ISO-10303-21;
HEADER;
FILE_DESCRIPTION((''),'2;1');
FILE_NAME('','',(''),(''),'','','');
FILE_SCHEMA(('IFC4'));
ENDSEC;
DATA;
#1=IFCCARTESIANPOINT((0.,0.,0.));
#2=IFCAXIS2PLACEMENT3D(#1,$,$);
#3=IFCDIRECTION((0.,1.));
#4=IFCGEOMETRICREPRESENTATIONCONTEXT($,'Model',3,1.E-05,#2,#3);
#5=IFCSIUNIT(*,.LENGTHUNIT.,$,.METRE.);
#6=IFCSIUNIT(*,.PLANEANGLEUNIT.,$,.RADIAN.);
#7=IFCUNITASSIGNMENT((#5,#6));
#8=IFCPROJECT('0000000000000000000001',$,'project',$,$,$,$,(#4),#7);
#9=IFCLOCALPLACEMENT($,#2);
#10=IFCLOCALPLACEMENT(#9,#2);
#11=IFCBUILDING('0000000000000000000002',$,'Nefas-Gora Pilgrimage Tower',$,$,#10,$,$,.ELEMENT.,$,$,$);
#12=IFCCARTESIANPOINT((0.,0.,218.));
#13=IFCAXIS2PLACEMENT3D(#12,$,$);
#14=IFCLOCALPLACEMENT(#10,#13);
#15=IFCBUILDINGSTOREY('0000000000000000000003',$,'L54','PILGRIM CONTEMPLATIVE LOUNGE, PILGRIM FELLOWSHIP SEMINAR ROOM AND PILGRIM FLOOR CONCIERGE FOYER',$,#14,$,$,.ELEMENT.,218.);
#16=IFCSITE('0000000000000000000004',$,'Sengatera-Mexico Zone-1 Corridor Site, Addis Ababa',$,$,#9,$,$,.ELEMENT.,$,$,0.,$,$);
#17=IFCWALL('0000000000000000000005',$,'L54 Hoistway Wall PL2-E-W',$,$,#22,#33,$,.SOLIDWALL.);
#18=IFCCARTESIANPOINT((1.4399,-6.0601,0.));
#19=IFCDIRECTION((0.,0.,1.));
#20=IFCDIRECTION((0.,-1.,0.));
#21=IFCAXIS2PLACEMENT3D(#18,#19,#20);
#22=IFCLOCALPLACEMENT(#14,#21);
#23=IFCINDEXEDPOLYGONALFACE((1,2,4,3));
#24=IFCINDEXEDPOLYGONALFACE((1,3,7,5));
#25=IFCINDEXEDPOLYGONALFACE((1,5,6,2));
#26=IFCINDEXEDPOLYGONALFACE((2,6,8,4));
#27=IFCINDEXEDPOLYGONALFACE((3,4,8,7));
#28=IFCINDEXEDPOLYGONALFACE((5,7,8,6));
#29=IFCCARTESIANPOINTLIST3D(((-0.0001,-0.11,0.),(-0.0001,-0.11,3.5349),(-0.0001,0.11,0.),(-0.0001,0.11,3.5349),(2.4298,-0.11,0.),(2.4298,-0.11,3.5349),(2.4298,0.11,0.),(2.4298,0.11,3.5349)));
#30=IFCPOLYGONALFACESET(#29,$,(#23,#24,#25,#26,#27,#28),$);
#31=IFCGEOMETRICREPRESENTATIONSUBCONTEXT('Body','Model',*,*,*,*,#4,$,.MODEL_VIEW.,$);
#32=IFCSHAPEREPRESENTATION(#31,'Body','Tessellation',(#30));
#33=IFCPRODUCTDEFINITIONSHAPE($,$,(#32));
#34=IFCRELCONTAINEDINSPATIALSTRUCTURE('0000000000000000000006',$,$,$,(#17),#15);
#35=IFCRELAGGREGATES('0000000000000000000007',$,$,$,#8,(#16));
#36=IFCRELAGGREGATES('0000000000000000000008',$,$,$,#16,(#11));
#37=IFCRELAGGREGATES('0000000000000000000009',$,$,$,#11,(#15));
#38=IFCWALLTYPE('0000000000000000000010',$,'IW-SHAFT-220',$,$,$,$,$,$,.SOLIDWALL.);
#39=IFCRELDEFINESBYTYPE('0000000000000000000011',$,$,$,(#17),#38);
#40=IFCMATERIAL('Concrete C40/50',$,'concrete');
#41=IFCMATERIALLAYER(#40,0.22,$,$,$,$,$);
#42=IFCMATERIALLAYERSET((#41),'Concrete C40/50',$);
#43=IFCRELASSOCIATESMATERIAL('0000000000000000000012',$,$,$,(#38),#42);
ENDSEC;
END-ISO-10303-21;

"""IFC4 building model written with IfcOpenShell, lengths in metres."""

from ifc_helpers import new_model, si_unit, direction, frame, frame_2d, origin, place, context, subcontext, project, spatial, rectangle, extrude, source, transform, mapped, material, layer, layer_set, type_object, element, save


model = new_model("IFC4")

# Units and contexts
model_context = context("Model", 3, precision=1e-05, world=origin(), true_north=direction((0.0, 1.0)))
body_context = subcontext(model_context, "Body", "Model", "MODEL_VIEW")
ifc_project = project(units=[si_unit("LENGTHUNIT", "METRE"), si_unit("PLANEANGLEUNIT", "RADIAN")], contexts=[model_context])

# Site, building, storey
site_placement = place(None, origin())
site = spatial("IfcSite", under=ifc_project, at=site_placement, Name="Sengatera-Mexico Zone-1 Corridor Site, Addis Ababa", CompositionType="ELEMENT", RefElevation=0.0)
building_placement = place(site_placement, origin())
building = spatial("IfcBuilding", under=site, at=building_placement, Name="Nefas-Gora Pilgrimage Tower", CompositionType="ELEMENT")
storey_placement = place(building_placement, frame((0.0, 0.0, 218.0)))
storey = spatial("IfcBuildingStorey", under=building, at=storey_placement, Name="L54", Description="PILGRIM CONTEMPLATIVE LOUNGE, PILGRIM FELLOWSHIP SEMINAR ROOM AND PILGRIM FLOOR CONCIERGE FOYER", CompositionType="ELEMENT", Elevation=218.0)

# Shared definitions
ifc_material_1 = material(Name="Concrete C40/50", Category="concrete")

# Shared definitions
ifc_layer_1 = layer(ifc_material_1, 0.22)
ifc_layer_set_1 = layer_set([ifc_layer_1], Name="Concrete C40/50")
wall_type_1 = type_object("IfcWallType", Name="IW-SHAFT-220", PredefinedType="SOLIDWALL", material=ifc_layer_set_1)

# Wall
shared_shape_1 = source(origin(), body_context, "Body", "SweptSolid", [
    extrude(rectangle(XDim=2.4299, YDim=0.22, at=frame_2d((1.2148, 0.0))), origin(), (0.0, 0.0, 1.0), 3.5349),
])
for number, where, z_axis, x_axis, name in (
    (1, (1.4399, -6.0601, 0.0), (0.0, 0.0, 1.0), (0.0, -1.0, 0.0), "L54 Hoistway Wall PL2-E-W"),
):
    element("IfcWall", number, at=place(storey_placement, frame(where, z_axis=z_axis, x_axis=x_axis)), inside=storey, type_object=wall_type_1, Name=name, PredefinedType="SOLIDWALL", context=body_context, shape_type="MappedRepresentation", body=[
        mapped(shared_shape_1, transform((0.0, 0.0, 0.0), x_axis=(1.0, 0.0, 0.0), y_axis=(0.0, 1.0, 0.0), z_axis=(0.0, 0.0, 1.0), scale=1.0)),
    ])

save(model, "model.ifc")
